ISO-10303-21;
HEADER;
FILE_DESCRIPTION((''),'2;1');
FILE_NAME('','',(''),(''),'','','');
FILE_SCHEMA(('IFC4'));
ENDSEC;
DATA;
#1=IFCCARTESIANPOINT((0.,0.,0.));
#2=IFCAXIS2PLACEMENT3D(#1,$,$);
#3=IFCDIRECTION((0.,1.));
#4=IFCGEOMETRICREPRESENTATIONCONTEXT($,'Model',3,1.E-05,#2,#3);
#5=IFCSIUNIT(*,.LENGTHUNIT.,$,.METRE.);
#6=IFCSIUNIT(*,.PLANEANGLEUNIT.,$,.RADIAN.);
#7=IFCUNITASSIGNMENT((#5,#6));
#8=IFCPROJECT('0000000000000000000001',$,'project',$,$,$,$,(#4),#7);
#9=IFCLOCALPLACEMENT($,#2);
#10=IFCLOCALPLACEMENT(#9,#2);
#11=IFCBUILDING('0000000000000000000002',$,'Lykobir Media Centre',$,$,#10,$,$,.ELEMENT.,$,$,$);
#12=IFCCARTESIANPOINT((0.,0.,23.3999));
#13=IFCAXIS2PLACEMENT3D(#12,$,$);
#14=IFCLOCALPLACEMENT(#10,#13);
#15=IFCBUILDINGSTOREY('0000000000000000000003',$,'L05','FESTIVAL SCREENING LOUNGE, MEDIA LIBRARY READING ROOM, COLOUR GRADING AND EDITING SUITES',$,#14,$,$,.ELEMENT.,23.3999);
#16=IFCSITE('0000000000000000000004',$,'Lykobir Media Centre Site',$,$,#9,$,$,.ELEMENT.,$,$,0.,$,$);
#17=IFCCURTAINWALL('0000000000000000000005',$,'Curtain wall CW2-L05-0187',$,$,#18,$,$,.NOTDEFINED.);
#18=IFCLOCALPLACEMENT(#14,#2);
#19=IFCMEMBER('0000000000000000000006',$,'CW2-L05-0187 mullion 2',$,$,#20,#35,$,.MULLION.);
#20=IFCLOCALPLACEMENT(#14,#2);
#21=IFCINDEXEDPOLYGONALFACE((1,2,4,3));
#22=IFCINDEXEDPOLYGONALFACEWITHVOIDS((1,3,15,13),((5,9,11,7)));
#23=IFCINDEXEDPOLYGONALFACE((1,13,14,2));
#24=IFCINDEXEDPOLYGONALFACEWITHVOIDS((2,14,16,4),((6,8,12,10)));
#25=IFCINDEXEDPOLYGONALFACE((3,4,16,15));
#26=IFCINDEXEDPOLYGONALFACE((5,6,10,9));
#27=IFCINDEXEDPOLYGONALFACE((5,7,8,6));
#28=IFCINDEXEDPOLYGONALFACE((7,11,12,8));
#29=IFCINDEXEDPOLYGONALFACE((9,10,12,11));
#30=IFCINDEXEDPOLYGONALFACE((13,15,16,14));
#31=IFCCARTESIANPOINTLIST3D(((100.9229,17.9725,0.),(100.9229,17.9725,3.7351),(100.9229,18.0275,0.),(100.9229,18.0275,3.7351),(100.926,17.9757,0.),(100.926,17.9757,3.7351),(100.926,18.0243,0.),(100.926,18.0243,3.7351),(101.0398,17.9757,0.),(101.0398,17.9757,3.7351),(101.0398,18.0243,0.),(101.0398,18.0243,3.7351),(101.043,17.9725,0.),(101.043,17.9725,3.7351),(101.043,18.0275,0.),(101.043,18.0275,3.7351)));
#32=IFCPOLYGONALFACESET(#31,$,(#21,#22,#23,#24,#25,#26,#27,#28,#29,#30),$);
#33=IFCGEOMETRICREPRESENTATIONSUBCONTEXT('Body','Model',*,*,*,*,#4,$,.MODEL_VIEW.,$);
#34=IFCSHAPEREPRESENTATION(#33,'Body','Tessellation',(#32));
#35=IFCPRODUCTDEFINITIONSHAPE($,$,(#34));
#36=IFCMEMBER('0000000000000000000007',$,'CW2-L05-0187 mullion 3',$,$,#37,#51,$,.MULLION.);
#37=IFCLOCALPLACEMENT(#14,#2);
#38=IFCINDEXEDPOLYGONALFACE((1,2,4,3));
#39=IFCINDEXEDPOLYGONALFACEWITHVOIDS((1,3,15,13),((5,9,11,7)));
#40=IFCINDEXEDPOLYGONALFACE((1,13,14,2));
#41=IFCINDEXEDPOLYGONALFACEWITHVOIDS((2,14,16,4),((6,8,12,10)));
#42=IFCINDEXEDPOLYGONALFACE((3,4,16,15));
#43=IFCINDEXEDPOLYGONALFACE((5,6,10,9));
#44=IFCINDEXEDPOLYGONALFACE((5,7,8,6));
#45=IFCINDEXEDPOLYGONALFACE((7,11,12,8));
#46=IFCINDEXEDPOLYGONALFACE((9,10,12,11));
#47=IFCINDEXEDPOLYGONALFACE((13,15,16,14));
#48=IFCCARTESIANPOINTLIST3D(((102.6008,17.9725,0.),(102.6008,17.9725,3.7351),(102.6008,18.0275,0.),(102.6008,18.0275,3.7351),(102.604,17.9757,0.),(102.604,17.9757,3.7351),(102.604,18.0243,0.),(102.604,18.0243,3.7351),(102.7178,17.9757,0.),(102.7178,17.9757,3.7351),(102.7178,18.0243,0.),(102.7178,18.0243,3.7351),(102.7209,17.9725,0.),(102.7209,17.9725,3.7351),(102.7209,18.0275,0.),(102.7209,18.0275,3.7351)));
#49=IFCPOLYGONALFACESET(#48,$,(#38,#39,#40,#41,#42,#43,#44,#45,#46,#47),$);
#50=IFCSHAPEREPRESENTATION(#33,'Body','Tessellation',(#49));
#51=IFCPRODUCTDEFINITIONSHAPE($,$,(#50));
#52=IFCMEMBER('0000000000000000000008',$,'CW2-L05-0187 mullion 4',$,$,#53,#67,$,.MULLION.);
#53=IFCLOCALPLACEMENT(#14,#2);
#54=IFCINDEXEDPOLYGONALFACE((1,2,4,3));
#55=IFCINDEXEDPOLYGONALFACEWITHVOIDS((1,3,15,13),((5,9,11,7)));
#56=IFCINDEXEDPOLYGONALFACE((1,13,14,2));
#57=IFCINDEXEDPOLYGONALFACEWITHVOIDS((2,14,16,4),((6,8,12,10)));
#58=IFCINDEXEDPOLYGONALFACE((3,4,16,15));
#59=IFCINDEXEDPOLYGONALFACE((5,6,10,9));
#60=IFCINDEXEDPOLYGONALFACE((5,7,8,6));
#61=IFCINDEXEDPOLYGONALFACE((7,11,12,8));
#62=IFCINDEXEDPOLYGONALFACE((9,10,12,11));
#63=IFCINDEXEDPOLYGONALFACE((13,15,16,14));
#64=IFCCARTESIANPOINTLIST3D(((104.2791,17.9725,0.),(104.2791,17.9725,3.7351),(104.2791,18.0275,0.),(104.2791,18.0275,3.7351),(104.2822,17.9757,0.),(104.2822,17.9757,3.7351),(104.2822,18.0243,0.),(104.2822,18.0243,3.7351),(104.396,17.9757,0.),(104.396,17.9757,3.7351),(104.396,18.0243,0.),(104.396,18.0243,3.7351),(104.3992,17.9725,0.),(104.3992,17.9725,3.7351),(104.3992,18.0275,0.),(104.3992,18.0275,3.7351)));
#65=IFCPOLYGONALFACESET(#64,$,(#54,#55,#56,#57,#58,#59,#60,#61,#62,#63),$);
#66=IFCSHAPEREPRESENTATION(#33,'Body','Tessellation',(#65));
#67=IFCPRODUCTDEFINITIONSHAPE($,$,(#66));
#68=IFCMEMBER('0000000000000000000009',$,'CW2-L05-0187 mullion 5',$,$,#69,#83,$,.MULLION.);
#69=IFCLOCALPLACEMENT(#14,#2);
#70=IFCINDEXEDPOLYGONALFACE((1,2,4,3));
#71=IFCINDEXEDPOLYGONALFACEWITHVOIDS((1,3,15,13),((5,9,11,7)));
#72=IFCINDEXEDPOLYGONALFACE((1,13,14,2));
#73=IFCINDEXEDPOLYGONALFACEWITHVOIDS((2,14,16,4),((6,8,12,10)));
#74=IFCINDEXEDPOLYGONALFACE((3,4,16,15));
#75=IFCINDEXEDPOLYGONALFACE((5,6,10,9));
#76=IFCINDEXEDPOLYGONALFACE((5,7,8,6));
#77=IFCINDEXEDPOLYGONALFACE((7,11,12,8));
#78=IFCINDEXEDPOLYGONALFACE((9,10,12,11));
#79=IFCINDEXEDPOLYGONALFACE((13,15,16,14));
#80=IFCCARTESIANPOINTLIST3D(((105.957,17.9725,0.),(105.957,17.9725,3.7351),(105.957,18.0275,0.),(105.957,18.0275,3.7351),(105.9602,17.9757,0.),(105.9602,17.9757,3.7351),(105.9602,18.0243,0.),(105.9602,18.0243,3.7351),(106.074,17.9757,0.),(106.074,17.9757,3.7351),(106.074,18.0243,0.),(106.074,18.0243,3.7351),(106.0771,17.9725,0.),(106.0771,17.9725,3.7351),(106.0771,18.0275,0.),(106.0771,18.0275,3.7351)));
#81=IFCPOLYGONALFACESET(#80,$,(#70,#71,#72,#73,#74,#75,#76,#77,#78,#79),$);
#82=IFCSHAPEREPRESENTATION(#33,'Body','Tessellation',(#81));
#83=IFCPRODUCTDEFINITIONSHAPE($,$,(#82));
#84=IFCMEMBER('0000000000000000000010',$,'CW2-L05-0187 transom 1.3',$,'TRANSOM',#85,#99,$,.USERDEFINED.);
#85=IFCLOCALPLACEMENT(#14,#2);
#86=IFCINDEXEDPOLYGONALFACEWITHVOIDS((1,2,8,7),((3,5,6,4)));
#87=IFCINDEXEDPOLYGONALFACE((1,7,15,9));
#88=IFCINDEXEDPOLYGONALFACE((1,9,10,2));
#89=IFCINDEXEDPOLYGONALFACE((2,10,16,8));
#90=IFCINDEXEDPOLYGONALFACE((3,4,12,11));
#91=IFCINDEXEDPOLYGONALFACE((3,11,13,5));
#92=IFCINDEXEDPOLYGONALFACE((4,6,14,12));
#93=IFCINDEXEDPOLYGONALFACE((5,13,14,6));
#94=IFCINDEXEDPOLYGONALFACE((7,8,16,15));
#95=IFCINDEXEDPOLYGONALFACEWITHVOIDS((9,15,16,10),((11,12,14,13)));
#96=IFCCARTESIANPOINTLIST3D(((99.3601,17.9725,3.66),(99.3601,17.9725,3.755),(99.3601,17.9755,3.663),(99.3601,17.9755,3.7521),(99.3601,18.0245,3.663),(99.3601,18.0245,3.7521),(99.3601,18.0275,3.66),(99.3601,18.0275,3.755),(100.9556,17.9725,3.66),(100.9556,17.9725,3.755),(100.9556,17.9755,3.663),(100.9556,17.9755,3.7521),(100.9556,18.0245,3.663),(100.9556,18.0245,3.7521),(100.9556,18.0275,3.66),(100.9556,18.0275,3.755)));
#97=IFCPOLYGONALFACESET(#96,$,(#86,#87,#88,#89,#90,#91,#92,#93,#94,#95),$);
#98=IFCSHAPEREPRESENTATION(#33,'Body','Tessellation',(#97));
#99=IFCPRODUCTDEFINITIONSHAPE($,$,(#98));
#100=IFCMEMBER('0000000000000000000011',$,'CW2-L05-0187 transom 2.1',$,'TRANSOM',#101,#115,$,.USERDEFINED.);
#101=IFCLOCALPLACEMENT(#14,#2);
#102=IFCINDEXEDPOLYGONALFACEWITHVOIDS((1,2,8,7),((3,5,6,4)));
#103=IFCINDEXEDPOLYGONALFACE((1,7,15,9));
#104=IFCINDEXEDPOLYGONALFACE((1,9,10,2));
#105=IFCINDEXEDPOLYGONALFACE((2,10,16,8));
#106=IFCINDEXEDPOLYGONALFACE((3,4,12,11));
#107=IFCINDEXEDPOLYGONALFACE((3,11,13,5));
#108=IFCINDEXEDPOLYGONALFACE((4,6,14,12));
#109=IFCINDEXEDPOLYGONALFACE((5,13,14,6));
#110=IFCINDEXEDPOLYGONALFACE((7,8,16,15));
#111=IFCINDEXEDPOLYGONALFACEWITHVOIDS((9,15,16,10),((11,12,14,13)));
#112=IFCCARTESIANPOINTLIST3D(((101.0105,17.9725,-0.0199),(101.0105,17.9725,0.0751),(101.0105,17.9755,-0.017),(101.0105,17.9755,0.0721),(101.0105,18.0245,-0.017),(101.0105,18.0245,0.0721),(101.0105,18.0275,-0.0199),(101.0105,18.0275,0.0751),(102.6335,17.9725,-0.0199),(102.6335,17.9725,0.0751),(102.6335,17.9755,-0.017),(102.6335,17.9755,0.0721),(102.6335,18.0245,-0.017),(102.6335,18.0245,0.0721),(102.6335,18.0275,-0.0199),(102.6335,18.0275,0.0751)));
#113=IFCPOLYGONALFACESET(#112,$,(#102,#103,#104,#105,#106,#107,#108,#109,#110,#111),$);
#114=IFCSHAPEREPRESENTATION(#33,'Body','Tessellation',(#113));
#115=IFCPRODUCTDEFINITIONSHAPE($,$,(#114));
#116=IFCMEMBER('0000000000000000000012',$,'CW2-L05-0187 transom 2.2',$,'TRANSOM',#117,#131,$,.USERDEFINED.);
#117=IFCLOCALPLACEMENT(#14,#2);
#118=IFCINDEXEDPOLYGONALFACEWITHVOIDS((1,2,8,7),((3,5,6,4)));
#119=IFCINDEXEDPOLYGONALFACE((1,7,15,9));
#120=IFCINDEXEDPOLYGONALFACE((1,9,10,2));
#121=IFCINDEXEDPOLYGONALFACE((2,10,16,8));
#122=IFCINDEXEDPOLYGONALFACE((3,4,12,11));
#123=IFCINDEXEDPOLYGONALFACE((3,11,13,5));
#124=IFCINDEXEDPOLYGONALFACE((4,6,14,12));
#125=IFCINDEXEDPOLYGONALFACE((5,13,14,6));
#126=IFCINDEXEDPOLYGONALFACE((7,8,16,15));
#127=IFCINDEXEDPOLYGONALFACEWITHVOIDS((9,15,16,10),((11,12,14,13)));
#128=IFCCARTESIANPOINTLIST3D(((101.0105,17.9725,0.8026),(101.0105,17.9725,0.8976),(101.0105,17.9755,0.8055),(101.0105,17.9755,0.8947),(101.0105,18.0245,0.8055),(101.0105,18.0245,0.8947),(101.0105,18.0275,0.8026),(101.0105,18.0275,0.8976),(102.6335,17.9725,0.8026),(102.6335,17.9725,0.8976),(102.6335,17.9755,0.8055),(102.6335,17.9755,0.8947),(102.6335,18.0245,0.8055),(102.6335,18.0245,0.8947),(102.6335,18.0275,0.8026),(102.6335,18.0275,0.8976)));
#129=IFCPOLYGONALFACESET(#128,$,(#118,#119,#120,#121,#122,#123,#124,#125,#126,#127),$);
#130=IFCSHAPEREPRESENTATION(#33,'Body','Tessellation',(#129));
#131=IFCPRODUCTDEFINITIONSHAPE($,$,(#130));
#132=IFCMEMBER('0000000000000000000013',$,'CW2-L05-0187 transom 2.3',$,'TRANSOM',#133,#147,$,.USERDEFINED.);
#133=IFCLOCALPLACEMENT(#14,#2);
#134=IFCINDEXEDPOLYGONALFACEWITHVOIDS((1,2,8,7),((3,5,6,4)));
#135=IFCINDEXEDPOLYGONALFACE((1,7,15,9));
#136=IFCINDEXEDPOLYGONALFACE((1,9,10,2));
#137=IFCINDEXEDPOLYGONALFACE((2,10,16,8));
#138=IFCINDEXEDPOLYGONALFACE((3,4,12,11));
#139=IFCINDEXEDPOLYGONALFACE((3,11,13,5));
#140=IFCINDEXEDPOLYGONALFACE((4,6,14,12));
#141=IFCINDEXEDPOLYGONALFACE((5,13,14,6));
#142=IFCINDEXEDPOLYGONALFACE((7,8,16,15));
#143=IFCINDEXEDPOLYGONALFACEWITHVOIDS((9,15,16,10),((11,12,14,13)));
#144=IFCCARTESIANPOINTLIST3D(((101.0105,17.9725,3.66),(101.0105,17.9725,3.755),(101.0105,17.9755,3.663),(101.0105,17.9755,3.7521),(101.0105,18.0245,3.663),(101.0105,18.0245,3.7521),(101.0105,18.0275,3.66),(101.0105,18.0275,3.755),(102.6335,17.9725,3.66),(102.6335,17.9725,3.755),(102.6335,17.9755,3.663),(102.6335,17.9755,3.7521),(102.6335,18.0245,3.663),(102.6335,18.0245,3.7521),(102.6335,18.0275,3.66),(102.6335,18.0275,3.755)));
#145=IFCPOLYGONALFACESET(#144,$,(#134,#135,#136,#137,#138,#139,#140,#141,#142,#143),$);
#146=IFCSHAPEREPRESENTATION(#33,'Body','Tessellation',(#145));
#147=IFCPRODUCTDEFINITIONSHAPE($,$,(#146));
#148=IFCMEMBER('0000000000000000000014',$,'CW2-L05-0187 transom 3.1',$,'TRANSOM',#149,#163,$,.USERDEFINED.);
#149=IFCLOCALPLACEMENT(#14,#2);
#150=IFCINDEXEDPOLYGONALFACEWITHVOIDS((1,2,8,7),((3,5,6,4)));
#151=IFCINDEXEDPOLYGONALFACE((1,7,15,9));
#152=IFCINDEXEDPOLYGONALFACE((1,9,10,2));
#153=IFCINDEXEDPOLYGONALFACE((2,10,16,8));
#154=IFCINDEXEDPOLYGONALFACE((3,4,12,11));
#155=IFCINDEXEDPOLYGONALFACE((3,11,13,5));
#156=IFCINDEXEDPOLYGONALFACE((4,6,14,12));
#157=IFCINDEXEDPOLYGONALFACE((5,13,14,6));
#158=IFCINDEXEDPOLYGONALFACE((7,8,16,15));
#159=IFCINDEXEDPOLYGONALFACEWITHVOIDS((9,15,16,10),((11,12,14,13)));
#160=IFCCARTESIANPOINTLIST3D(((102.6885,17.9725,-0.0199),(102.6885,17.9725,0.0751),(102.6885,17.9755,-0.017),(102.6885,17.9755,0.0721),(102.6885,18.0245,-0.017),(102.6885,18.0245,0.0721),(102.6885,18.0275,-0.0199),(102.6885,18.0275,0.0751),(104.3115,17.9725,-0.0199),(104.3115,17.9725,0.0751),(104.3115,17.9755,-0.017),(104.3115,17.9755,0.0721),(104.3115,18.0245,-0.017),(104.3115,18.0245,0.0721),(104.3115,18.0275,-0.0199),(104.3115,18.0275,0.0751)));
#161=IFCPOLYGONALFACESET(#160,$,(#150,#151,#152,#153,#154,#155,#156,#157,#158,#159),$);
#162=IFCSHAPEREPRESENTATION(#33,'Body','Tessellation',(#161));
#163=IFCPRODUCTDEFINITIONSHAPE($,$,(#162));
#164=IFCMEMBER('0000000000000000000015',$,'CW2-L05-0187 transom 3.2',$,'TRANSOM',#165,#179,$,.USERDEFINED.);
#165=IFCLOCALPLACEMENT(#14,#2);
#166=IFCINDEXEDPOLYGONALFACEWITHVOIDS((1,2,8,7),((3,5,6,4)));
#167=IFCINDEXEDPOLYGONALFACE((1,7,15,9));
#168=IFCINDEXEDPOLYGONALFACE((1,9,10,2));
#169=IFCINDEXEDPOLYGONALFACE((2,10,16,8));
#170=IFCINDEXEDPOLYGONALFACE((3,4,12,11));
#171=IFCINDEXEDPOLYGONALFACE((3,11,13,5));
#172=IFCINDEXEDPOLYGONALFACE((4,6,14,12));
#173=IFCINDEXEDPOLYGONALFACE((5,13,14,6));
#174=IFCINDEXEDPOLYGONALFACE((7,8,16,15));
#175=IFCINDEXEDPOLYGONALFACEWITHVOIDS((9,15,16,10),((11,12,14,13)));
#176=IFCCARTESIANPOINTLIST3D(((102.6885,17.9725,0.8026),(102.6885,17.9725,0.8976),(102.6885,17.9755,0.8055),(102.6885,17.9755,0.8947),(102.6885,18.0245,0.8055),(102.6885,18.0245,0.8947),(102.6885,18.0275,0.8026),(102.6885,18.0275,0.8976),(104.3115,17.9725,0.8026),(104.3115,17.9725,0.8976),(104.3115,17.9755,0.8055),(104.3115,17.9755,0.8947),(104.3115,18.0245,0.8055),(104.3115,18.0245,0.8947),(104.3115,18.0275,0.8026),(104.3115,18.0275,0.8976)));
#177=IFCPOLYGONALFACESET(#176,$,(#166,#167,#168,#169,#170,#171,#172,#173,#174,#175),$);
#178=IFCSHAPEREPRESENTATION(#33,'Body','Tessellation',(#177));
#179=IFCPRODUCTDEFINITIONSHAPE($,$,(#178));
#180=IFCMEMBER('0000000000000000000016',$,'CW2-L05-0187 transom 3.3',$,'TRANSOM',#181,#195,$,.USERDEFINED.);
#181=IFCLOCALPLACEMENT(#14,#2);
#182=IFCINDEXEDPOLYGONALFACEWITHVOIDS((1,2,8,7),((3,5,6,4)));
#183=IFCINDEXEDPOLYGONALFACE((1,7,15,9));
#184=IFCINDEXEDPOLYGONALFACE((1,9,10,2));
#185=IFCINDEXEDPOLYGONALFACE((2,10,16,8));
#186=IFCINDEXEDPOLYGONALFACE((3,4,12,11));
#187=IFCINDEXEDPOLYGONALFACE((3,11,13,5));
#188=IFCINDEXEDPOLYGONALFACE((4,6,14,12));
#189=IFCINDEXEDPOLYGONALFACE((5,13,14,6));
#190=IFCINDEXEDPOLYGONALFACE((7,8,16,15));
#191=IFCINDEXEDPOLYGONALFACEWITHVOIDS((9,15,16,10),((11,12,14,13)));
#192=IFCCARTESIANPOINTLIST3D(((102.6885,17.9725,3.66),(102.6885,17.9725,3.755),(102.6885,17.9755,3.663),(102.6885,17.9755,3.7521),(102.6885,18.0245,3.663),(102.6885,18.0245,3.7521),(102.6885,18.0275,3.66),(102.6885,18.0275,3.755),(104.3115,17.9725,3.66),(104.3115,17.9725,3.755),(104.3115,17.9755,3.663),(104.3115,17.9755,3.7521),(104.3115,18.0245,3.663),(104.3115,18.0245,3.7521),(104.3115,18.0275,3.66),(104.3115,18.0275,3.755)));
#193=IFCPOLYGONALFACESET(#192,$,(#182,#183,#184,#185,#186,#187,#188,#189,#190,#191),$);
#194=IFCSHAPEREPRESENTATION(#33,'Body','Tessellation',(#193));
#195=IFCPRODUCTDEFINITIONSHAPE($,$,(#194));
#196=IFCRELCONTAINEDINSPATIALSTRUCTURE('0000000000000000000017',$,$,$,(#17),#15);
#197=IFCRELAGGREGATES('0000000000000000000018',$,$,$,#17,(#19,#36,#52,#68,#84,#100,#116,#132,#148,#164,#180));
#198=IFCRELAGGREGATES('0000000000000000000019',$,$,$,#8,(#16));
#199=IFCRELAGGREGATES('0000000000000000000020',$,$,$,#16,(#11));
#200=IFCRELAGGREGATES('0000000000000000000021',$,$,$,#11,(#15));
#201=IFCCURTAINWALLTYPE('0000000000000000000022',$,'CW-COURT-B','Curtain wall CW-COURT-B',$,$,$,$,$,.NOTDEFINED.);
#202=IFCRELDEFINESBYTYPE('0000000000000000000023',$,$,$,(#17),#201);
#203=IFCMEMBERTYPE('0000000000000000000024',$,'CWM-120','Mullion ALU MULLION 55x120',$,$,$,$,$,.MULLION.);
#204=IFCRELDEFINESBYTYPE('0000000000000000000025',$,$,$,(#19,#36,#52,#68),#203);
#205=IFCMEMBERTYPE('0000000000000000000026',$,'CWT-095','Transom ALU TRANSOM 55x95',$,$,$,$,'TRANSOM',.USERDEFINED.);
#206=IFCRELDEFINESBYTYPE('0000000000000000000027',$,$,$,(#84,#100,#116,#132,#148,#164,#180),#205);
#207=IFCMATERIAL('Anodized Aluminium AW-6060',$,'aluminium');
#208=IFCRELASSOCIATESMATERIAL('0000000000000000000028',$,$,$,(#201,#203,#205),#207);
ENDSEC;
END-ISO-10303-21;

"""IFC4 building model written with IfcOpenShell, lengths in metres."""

from ifc_helpers import new_model, si_unit, direction, frame, origin, origin_2d, place, context, subcontext, project, spatial, hollow_rectangle, extrude, material, material_profile, profile_set, type_object, element, aggregate, save


model = new_model("IFC4")

# Units and contexts
model_context = context("Model", 3, precision=1e-05, world=origin(), true_north=direction((0.0, 1.0)))
body_context = subcontext(model_context, "Body", "Model", "MODEL_VIEW")
ifc_project = project(units=[si_unit("LENGTHUNIT", "METRE"), si_unit("PLANEANGLEUNIT", "RADIAN")], contexts=[model_context])

# Site, building, storey
site_placement = place(None, origin())
site = spatial("IfcSite", under=ifc_project, at=site_placement, Name="Lykobir Media Centre Site", CompositionType="ELEMENT", RefElevation=0.0)
building_placement = place(site_placement, origin())
building = spatial("IfcBuilding", under=site, at=building_placement, Name="Lykobir Media Centre", CompositionType="ELEMENT")
storey_placement = place(building_placement, frame((0.0, 0.0, 23.3999)))
storey = spatial("IfcBuildingStorey", under=building, at=storey_placement, Name="L05", Description="FESTIVAL SCREENING LOUNGE, MEDIA LIBRARY READING ROOM, COLOUR GRADING AND EDITING SUITES", CompositionType="ELEMENT", Elevation=23.3999)

# Curtain wall, members
ifc_material_1 = material(Name="Anodized Aluminium AW-6060", Category="aluminium")
curtain_wall_type = type_object("IfcCurtainWallType", Name="CW-COURT-B", Description="Curtain wall CW-COURT-B", PredefinedType="NOTDEFINED", material=ifc_material_1)
curtain_wall_placement = place(storey_placement, origin())
curtain_wall = element("IfcCurtainWall", 1, at=curtain_wall_placement, inside=storey, type_object=curtain_wall_type, Name="Curtain wall CW2-L05-0187", PredefinedType="NOTDEFINED")
ifc_material_profile_1 = material_profile(ifc_material_1, hollow_rectangle(XDim=0.0549, YDim=0.1201, WallThickness=0.0032, at=origin_2d()), Name="ALU MULLION 55x120")
ifc_profile_set_1 = profile_set([ifc_material_profile_1], Name="Anodized Aluminium AW-6060")
member_type_1 = type_object("IfcMemberType", Name="CWM-120", Description="Mullion ALU MULLION 55x120", PredefinedType="MULLION", material=ifc_profile_set_1)
member_1_placement = place(storey_placement, frame((100.9829, 18.0, 0.0), z_axis=(0.0, 0.0, 1.0), x_axis=(0.0, 1.0, 0.0)))
member_1 = element("IfcMember", 2, at=member_1_placement, type_object=member_type_1, Name="CW2-L05-0187 mullion 2", PredefinedType="MULLION", context=body_context, shape_type="SweptSolid", body=[
    extrude(hollow_rectangle(XDim=0.0549, YDim=0.1201, WallThickness=0.0032, at=origin_2d()), origin(), (0.0, 0.0, 1.0), 3.7351),
])
member_2_placement = place(storey_placement, frame((102.6609, 18.0, 0.0), z_axis=(0.0, 0.0, 1.0), x_axis=(0.0, 1.0, 0.0)))
member_2 = element("IfcMember", 3, at=member_2_placement, type_object=member_type_1, Name="CW2-L05-0187 mullion 3", PredefinedType="MULLION", context=body_context, shape_type="SweptSolid", body=[
    extrude(hollow_rectangle(XDim=0.0549, YDim=0.1201, WallThickness=0.0032, at=origin_2d()), origin(), (0.0, 0.0, 1.0), 3.7351),
])
member_3_placement = place(storey_placement, frame((104.3391, 18.0, 0.0), z_axis=(0.0, 0.0, 1.0), x_axis=(0.0, 1.0, 0.0)))
member_3 = element("IfcMember", 4, at=member_3_placement, type_object=member_type_1, Name="CW2-L05-0187 mullion 4", PredefinedType="MULLION", context=body_context, shape_type="SweptSolid", body=[
    extrude(hollow_rectangle(XDim=0.0549, YDim=0.1201, WallThickness=0.0032, at=origin_2d()), origin(), (0.0, 0.0, 1.0), 3.7351),
])
member_4_placement = place(storey_placement, frame((106.0171, 18.0, 0.0), z_axis=(0.0, 0.0, 1.0), x_axis=(0.0, 1.0, 0.0)))
member_4 = element("IfcMember", 5, at=member_4_placement, type_object=member_type_1, Name="CW2-L05-0187 mullion 5", PredefinedType="MULLION", context=body_context, shape_type="SweptSolid", body=[
    extrude(hollow_rectangle(XDim=0.0549, YDim=0.1201, WallThickness=0.0032, at=origin_2d()), origin(), (0.0, 0.0, 1.0), 3.7351),
])
ifc_material_profile_2 = material_profile(ifc_material_1, hollow_rectangle(XDim=0.0549, YDim=0.095, WallThickness=0.0029, at=origin_2d()), Name="ALU TRANSOM 55x95")
ifc_profile_set_2 = profile_set([ifc_material_profile_2], Name="Anodized Aluminium AW-6060")
member_type_2 = type_object("IfcMemberType", Name="CWT-095", Description="Transom ALU TRANSOM 55x95", ElementType="TRANSOM", PredefinedType="USERDEFINED", material=ifc_profile_set_2)
member_5_placement = place(storey_placement, frame((99.3601, 18.0, 3.7075), z_axis=(1.0, 0.0, 0.0), x_axis=(0.0, 1.0, 0.0)))
member_5 = element("IfcMember", 6, at=member_5_placement, type_object=member_type_2, Name="CW2-L05-0187 transom 1.3", ObjectType="TRANSOM", PredefinedType="USERDEFINED", context=body_context, shape_type="SweptSolid", body=[
    extrude(hollow_rectangle(XDim=0.0549, YDim=0.095, WallThickness=0.0029, at=origin_2d()), origin(), (0.0, 0.0, 1.0), 1.5955),
])
member_6_placement = place(storey_placement, frame((101.0105, 18.0, 0.0276), z_axis=(1.0, 0.0, 0.0), x_axis=(0.0, 1.0, 0.0)))
member_6 = element("IfcMember", 7, at=member_6_placement, type_object=member_type_2, Name="CW2-L05-0187 transom 2.1", ObjectType="TRANSOM", PredefinedType="USERDEFINED", context=body_context, shape_type="SweptSolid", body=[
    extrude(hollow_rectangle(XDim=0.0549, YDim=0.095, WallThickness=0.0029, at=origin_2d()), origin(), (0.0, 0.0, 1.0), 1.623),
])
member_7_placement = place(storey_placement, frame((101.0105, 18.0, 0.8501), z_axis=(1.0, 0.0, 0.0), x_axis=(0.0, 1.0, 0.0)))
member_7 = element("IfcMember", 8, at=member_7_placement, type_object=member_type_2, Name="CW2-L05-0187 transom 2.2", ObjectType="TRANSOM", PredefinedType="USERDEFINED", context=body_context, shape_type="SweptSolid", body=[
    extrude(hollow_rectangle(XDim=0.0549, YDim=0.095, WallThickness=0.0029, at=origin_2d()), origin(), (0.0, 0.0, 1.0), 1.623),
])
member_8_placement = place(storey_placement, frame((101.0105, 18.0, 3.7075), z_axis=(1.0, 0.0, 0.0), x_axis=(0.0, 1.0, 0.0)))
member_8 = element("IfcMember", 9, at=member_8_placement, type_object=member_type_2, Name="CW2-L05-0187 transom 2.3", ObjectType="TRANSOM", PredefinedType="USERDEFINED", context=body_context, shape_type="SweptSolid", body=[
    extrude(hollow_rectangle(XDim=0.0549, YDim=0.095, WallThickness=0.0029, at=origin_2d()), origin(), (0.0, 0.0, 1.0), 1.623),
])
member_9_placement = place(storey_placement, frame((102.6885, 18.0, 0.0276), z_axis=(1.0, 0.0, 0.0), x_axis=(0.0, 1.0, 0.0)))
member_9 = element("IfcMember", 10, at=member_9_placement, type_object=member_type_2, Name="CW2-L05-0187 transom 3.1", ObjectType="TRANSOM", PredefinedType="USERDEFINED", context=body_context, shape_type="SweptSolid", body=[
    extrude(hollow_rectangle(XDim=0.0549, YDim=0.095, WallThickness=0.0029, at=origin_2d()), origin(), (0.0, 0.0, 1.0), 1.623),
])
member_10_placement = place(storey_placement, frame((102.6885, 18.0, 0.8501), z_axis=(1.0, 0.0, 0.0), x_axis=(0.0, 1.0, 0.0)))
member_10 = element("IfcMember", 11, at=member_10_placement, type_object=member_type_2, Name="CW2-L05-0187 transom 3.2", ObjectType="TRANSOM", PredefinedType="USERDEFINED", context=body_context, shape_type="SweptSolid", body=[
    extrude(hollow_rectangle(XDim=0.0549, YDim=0.095, WallThickness=0.0029, at=origin_2d()), origin(), (0.0, 0.0, 1.0), 1.623),
])
member_11_placement = place(storey_placement, frame((102.6885, 18.0, 3.7075), z_axis=(1.0, 0.0, 0.0), x_axis=(0.0, 1.0, 0.0)))
member_11 = element("IfcMember", 12, at=member_11_placement, type_object=member_type_2, Name="CW2-L05-0187 transom 3.3", ObjectType="TRANSOM", PredefinedType="USERDEFINED", context=body_context, shape_type="SweptSolid", body=[
    extrude(hollow_rectangle(XDim=0.0549, YDim=0.095, WallThickness=0.0029, at=origin_2d()), origin(), (0.0, 0.0, 1.0), 1.623),
])
aggregate(curtain_wall, [member_1, member_2, member_3, member_4, member_5, member_6, member_7, member_8, member_9, member_10, member_11])

save(model, "model.ifc")
